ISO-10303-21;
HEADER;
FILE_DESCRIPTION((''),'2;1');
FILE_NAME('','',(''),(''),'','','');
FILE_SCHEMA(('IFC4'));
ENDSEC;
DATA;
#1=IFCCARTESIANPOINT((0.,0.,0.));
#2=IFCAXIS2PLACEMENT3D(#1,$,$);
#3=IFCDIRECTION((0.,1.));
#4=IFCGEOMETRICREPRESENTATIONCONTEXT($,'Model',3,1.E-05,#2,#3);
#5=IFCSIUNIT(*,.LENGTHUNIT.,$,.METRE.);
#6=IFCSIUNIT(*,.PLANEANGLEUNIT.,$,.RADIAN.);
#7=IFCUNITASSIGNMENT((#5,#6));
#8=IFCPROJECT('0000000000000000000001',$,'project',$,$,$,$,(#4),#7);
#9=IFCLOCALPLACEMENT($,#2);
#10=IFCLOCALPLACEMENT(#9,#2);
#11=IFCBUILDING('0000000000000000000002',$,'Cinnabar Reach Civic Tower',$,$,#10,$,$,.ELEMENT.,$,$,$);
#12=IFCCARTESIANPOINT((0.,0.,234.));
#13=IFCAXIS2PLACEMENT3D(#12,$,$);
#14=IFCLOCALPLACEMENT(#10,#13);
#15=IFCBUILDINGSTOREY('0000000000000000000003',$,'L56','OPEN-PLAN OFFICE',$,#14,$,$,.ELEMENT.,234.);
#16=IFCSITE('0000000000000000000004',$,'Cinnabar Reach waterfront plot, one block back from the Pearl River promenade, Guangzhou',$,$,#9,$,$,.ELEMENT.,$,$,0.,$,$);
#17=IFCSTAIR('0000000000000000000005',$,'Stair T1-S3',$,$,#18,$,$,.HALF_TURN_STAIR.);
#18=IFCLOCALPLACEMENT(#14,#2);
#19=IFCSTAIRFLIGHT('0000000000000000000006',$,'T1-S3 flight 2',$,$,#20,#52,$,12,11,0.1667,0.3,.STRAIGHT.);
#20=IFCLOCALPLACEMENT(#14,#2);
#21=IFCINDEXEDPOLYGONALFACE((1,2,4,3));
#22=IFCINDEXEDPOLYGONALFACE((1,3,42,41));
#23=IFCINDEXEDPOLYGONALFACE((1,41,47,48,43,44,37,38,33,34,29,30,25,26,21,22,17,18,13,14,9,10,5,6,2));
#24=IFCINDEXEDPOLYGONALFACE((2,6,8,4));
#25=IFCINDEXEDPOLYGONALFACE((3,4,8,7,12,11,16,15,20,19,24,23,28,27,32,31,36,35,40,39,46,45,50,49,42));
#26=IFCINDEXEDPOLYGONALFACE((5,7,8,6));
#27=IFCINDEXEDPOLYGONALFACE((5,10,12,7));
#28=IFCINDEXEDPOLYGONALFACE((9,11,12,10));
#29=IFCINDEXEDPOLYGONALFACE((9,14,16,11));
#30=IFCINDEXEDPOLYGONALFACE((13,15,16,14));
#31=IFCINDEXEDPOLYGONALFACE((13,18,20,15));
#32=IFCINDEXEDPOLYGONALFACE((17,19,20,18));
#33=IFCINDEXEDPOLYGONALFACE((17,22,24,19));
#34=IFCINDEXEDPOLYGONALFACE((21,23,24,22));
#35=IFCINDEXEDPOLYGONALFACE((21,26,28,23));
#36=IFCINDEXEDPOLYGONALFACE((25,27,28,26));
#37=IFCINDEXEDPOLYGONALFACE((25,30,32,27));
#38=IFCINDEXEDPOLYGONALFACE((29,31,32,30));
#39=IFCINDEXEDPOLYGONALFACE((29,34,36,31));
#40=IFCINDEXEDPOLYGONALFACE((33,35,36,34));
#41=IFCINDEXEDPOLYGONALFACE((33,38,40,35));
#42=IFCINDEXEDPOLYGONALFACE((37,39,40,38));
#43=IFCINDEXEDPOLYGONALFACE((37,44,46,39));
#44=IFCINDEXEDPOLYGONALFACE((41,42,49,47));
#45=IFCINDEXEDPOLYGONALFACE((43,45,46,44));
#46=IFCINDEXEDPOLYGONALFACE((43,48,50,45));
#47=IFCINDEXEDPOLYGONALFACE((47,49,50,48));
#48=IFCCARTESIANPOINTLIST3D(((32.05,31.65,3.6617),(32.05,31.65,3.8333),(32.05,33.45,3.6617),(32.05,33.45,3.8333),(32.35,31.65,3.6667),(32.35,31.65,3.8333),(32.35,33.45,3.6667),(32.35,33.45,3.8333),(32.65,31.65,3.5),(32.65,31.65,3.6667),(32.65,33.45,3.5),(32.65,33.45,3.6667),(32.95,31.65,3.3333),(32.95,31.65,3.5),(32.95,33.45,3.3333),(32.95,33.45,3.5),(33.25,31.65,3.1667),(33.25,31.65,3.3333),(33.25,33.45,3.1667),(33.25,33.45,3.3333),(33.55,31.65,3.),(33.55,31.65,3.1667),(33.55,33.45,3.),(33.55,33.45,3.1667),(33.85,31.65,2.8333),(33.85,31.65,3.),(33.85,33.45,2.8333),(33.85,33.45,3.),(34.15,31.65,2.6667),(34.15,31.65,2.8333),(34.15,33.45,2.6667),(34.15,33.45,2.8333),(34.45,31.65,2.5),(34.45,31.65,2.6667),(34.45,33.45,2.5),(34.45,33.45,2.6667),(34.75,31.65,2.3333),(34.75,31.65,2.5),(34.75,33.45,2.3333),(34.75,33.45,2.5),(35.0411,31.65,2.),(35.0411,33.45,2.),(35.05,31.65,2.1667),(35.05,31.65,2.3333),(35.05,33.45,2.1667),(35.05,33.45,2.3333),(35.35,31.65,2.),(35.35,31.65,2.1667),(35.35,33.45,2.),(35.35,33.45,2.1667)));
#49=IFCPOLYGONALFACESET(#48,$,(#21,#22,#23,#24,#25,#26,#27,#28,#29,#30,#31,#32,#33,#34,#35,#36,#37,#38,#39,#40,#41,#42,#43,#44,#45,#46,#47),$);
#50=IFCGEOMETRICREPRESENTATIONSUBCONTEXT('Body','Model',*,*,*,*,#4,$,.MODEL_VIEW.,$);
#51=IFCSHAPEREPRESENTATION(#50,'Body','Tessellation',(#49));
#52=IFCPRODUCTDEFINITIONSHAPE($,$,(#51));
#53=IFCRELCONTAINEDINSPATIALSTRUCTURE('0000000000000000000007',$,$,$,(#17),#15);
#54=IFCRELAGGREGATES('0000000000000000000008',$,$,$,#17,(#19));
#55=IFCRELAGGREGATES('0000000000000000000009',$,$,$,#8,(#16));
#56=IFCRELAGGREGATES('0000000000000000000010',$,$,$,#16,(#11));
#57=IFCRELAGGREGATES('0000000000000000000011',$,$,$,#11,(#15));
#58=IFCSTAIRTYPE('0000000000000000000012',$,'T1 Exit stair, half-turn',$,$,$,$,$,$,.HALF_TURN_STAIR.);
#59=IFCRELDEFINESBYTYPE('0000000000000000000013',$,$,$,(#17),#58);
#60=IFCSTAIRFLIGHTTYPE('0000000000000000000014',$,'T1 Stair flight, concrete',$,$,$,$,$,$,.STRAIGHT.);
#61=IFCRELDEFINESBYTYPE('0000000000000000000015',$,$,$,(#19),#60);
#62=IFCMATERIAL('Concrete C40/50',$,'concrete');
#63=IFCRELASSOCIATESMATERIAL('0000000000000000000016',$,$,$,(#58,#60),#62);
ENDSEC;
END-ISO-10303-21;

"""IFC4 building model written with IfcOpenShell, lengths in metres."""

from ifc_helpers import new_model, si_unit, direction, frame, origin, place, context, subcontext, project, spatial, polyline, outline, extrude, material, type_object, element, aggregate, save


model = new_model("IFC4")

# Units and contexts
model_context = context("Model", 3, precision=1e-05, world=origin(), true_north=direction((0.0, 1.0)))
body_context = subcontext(model_context, "Body", "Model", "MODEL_VIEW")
ifc_project = project(units=[si_unit("LENGTHUNIT", "METRE"), si_unit("PLANEANGLEUNIT", "RADIAN")], contexts=[model_context])

# Site, building, storey
site_placement = place(None, origin())
site = spatial("IfcSite", under=ifc_project, at=site_placement, Name="Cinnabar Reach waterfront plot, one block back from the Pearl River promenade, Guangzhou", CompositionType="ELEMENT", RefElevation=0.0)
building_placement = place(site_placement, origin())
building = spatial("IfcBuilding", under=site, at=building_placement, Name="Cinnabar Reach Civic Tower", CompositionType="ELEMENT")
storey_placement = place(building_placement, frame((0.0, 0.0, 234.0)))
storey = spatial("IfcBuildingStorey", under=building, at=storey_placement, Name="L56", Description="OPEN-PLAN OFFICE", CompositionType="ELEMENT", Elevation=234.0)

# Stair, stair flight
ifc_material_1 = material(Name="Concrete C40/50", Category="concrete")
stair_type = type_object("IfcStairType", Name="T1 Exit stair, half-turn", PredefinedType="HALF_TURN_STAIR", material=ifc_material_1)
stair_placement = place(storey_placement, origin())
stair = element("IfcStair", 1, at=stair_placement, inside=storey, type_object=stair_type, Name="Stair T1-S3", PredefinedType="HALF_TURN_STAIR")
stair_flight_type = type_object("IfcStairFlightType", Name="T1 Stair flight, concrete", PredefinedType="STRAIGHT", material=ifc_material_1)
stair_flight_placement = place(storey_placement, frame((35.35, 32.55, 2.0), z_axis=(0.0, 0.0, 1.0), x_axis=(-1.0, 0.0, 0.0)))
stair_flight = element("IfcStairFlight", 2, at=stair_flight_placement, type_object=stair_flight_type, Name="T1-S3 flight 2", NumberOfRisers=12, NumberOfTreads=11, PredefinedType="STRAIGHT", RiserHeight=0.1667, TreadLength=0.3, context=body_context, shape_type="SweptSolid", body=[
    extrude(outline(polyline([(0.0, 0.0), (0.0, 0.1667), (0.3, 0.1667), (0.3, 0.3333), (0.6, 0.3333), (0.6, 0.5), (0.9, 0.5), (0.9, 0.6667), (1.2, 0.6667), (1.2, 0.8333), (1.5, 0.8333), (1.5, 1.0), (1.8, 1.0), (1.8, 1.1667), (2.1, 1.1667), (2.1, 1.3333), (2.4, 1.3333), (2.4, 1.5), (2.7, 1.5), (2.7, 1.6667), (3.0, 1.6667), (3.0, 1.8333), (3.3, 1.8333), (3.3, 2.0), (3.3, 1.6617), (0.3089, 0.0), (0.0, 0.0)])), frame((0.0, 0.9, 0.0), z_axis=(0.0, -1.0, 0.0), x_axis=(1.0, 0.0, 0.0)), (0.0, 0.0, 1.0), 1.8),
])
aggregate(stair, [stair_flight])

save(model, "model.ifc")
